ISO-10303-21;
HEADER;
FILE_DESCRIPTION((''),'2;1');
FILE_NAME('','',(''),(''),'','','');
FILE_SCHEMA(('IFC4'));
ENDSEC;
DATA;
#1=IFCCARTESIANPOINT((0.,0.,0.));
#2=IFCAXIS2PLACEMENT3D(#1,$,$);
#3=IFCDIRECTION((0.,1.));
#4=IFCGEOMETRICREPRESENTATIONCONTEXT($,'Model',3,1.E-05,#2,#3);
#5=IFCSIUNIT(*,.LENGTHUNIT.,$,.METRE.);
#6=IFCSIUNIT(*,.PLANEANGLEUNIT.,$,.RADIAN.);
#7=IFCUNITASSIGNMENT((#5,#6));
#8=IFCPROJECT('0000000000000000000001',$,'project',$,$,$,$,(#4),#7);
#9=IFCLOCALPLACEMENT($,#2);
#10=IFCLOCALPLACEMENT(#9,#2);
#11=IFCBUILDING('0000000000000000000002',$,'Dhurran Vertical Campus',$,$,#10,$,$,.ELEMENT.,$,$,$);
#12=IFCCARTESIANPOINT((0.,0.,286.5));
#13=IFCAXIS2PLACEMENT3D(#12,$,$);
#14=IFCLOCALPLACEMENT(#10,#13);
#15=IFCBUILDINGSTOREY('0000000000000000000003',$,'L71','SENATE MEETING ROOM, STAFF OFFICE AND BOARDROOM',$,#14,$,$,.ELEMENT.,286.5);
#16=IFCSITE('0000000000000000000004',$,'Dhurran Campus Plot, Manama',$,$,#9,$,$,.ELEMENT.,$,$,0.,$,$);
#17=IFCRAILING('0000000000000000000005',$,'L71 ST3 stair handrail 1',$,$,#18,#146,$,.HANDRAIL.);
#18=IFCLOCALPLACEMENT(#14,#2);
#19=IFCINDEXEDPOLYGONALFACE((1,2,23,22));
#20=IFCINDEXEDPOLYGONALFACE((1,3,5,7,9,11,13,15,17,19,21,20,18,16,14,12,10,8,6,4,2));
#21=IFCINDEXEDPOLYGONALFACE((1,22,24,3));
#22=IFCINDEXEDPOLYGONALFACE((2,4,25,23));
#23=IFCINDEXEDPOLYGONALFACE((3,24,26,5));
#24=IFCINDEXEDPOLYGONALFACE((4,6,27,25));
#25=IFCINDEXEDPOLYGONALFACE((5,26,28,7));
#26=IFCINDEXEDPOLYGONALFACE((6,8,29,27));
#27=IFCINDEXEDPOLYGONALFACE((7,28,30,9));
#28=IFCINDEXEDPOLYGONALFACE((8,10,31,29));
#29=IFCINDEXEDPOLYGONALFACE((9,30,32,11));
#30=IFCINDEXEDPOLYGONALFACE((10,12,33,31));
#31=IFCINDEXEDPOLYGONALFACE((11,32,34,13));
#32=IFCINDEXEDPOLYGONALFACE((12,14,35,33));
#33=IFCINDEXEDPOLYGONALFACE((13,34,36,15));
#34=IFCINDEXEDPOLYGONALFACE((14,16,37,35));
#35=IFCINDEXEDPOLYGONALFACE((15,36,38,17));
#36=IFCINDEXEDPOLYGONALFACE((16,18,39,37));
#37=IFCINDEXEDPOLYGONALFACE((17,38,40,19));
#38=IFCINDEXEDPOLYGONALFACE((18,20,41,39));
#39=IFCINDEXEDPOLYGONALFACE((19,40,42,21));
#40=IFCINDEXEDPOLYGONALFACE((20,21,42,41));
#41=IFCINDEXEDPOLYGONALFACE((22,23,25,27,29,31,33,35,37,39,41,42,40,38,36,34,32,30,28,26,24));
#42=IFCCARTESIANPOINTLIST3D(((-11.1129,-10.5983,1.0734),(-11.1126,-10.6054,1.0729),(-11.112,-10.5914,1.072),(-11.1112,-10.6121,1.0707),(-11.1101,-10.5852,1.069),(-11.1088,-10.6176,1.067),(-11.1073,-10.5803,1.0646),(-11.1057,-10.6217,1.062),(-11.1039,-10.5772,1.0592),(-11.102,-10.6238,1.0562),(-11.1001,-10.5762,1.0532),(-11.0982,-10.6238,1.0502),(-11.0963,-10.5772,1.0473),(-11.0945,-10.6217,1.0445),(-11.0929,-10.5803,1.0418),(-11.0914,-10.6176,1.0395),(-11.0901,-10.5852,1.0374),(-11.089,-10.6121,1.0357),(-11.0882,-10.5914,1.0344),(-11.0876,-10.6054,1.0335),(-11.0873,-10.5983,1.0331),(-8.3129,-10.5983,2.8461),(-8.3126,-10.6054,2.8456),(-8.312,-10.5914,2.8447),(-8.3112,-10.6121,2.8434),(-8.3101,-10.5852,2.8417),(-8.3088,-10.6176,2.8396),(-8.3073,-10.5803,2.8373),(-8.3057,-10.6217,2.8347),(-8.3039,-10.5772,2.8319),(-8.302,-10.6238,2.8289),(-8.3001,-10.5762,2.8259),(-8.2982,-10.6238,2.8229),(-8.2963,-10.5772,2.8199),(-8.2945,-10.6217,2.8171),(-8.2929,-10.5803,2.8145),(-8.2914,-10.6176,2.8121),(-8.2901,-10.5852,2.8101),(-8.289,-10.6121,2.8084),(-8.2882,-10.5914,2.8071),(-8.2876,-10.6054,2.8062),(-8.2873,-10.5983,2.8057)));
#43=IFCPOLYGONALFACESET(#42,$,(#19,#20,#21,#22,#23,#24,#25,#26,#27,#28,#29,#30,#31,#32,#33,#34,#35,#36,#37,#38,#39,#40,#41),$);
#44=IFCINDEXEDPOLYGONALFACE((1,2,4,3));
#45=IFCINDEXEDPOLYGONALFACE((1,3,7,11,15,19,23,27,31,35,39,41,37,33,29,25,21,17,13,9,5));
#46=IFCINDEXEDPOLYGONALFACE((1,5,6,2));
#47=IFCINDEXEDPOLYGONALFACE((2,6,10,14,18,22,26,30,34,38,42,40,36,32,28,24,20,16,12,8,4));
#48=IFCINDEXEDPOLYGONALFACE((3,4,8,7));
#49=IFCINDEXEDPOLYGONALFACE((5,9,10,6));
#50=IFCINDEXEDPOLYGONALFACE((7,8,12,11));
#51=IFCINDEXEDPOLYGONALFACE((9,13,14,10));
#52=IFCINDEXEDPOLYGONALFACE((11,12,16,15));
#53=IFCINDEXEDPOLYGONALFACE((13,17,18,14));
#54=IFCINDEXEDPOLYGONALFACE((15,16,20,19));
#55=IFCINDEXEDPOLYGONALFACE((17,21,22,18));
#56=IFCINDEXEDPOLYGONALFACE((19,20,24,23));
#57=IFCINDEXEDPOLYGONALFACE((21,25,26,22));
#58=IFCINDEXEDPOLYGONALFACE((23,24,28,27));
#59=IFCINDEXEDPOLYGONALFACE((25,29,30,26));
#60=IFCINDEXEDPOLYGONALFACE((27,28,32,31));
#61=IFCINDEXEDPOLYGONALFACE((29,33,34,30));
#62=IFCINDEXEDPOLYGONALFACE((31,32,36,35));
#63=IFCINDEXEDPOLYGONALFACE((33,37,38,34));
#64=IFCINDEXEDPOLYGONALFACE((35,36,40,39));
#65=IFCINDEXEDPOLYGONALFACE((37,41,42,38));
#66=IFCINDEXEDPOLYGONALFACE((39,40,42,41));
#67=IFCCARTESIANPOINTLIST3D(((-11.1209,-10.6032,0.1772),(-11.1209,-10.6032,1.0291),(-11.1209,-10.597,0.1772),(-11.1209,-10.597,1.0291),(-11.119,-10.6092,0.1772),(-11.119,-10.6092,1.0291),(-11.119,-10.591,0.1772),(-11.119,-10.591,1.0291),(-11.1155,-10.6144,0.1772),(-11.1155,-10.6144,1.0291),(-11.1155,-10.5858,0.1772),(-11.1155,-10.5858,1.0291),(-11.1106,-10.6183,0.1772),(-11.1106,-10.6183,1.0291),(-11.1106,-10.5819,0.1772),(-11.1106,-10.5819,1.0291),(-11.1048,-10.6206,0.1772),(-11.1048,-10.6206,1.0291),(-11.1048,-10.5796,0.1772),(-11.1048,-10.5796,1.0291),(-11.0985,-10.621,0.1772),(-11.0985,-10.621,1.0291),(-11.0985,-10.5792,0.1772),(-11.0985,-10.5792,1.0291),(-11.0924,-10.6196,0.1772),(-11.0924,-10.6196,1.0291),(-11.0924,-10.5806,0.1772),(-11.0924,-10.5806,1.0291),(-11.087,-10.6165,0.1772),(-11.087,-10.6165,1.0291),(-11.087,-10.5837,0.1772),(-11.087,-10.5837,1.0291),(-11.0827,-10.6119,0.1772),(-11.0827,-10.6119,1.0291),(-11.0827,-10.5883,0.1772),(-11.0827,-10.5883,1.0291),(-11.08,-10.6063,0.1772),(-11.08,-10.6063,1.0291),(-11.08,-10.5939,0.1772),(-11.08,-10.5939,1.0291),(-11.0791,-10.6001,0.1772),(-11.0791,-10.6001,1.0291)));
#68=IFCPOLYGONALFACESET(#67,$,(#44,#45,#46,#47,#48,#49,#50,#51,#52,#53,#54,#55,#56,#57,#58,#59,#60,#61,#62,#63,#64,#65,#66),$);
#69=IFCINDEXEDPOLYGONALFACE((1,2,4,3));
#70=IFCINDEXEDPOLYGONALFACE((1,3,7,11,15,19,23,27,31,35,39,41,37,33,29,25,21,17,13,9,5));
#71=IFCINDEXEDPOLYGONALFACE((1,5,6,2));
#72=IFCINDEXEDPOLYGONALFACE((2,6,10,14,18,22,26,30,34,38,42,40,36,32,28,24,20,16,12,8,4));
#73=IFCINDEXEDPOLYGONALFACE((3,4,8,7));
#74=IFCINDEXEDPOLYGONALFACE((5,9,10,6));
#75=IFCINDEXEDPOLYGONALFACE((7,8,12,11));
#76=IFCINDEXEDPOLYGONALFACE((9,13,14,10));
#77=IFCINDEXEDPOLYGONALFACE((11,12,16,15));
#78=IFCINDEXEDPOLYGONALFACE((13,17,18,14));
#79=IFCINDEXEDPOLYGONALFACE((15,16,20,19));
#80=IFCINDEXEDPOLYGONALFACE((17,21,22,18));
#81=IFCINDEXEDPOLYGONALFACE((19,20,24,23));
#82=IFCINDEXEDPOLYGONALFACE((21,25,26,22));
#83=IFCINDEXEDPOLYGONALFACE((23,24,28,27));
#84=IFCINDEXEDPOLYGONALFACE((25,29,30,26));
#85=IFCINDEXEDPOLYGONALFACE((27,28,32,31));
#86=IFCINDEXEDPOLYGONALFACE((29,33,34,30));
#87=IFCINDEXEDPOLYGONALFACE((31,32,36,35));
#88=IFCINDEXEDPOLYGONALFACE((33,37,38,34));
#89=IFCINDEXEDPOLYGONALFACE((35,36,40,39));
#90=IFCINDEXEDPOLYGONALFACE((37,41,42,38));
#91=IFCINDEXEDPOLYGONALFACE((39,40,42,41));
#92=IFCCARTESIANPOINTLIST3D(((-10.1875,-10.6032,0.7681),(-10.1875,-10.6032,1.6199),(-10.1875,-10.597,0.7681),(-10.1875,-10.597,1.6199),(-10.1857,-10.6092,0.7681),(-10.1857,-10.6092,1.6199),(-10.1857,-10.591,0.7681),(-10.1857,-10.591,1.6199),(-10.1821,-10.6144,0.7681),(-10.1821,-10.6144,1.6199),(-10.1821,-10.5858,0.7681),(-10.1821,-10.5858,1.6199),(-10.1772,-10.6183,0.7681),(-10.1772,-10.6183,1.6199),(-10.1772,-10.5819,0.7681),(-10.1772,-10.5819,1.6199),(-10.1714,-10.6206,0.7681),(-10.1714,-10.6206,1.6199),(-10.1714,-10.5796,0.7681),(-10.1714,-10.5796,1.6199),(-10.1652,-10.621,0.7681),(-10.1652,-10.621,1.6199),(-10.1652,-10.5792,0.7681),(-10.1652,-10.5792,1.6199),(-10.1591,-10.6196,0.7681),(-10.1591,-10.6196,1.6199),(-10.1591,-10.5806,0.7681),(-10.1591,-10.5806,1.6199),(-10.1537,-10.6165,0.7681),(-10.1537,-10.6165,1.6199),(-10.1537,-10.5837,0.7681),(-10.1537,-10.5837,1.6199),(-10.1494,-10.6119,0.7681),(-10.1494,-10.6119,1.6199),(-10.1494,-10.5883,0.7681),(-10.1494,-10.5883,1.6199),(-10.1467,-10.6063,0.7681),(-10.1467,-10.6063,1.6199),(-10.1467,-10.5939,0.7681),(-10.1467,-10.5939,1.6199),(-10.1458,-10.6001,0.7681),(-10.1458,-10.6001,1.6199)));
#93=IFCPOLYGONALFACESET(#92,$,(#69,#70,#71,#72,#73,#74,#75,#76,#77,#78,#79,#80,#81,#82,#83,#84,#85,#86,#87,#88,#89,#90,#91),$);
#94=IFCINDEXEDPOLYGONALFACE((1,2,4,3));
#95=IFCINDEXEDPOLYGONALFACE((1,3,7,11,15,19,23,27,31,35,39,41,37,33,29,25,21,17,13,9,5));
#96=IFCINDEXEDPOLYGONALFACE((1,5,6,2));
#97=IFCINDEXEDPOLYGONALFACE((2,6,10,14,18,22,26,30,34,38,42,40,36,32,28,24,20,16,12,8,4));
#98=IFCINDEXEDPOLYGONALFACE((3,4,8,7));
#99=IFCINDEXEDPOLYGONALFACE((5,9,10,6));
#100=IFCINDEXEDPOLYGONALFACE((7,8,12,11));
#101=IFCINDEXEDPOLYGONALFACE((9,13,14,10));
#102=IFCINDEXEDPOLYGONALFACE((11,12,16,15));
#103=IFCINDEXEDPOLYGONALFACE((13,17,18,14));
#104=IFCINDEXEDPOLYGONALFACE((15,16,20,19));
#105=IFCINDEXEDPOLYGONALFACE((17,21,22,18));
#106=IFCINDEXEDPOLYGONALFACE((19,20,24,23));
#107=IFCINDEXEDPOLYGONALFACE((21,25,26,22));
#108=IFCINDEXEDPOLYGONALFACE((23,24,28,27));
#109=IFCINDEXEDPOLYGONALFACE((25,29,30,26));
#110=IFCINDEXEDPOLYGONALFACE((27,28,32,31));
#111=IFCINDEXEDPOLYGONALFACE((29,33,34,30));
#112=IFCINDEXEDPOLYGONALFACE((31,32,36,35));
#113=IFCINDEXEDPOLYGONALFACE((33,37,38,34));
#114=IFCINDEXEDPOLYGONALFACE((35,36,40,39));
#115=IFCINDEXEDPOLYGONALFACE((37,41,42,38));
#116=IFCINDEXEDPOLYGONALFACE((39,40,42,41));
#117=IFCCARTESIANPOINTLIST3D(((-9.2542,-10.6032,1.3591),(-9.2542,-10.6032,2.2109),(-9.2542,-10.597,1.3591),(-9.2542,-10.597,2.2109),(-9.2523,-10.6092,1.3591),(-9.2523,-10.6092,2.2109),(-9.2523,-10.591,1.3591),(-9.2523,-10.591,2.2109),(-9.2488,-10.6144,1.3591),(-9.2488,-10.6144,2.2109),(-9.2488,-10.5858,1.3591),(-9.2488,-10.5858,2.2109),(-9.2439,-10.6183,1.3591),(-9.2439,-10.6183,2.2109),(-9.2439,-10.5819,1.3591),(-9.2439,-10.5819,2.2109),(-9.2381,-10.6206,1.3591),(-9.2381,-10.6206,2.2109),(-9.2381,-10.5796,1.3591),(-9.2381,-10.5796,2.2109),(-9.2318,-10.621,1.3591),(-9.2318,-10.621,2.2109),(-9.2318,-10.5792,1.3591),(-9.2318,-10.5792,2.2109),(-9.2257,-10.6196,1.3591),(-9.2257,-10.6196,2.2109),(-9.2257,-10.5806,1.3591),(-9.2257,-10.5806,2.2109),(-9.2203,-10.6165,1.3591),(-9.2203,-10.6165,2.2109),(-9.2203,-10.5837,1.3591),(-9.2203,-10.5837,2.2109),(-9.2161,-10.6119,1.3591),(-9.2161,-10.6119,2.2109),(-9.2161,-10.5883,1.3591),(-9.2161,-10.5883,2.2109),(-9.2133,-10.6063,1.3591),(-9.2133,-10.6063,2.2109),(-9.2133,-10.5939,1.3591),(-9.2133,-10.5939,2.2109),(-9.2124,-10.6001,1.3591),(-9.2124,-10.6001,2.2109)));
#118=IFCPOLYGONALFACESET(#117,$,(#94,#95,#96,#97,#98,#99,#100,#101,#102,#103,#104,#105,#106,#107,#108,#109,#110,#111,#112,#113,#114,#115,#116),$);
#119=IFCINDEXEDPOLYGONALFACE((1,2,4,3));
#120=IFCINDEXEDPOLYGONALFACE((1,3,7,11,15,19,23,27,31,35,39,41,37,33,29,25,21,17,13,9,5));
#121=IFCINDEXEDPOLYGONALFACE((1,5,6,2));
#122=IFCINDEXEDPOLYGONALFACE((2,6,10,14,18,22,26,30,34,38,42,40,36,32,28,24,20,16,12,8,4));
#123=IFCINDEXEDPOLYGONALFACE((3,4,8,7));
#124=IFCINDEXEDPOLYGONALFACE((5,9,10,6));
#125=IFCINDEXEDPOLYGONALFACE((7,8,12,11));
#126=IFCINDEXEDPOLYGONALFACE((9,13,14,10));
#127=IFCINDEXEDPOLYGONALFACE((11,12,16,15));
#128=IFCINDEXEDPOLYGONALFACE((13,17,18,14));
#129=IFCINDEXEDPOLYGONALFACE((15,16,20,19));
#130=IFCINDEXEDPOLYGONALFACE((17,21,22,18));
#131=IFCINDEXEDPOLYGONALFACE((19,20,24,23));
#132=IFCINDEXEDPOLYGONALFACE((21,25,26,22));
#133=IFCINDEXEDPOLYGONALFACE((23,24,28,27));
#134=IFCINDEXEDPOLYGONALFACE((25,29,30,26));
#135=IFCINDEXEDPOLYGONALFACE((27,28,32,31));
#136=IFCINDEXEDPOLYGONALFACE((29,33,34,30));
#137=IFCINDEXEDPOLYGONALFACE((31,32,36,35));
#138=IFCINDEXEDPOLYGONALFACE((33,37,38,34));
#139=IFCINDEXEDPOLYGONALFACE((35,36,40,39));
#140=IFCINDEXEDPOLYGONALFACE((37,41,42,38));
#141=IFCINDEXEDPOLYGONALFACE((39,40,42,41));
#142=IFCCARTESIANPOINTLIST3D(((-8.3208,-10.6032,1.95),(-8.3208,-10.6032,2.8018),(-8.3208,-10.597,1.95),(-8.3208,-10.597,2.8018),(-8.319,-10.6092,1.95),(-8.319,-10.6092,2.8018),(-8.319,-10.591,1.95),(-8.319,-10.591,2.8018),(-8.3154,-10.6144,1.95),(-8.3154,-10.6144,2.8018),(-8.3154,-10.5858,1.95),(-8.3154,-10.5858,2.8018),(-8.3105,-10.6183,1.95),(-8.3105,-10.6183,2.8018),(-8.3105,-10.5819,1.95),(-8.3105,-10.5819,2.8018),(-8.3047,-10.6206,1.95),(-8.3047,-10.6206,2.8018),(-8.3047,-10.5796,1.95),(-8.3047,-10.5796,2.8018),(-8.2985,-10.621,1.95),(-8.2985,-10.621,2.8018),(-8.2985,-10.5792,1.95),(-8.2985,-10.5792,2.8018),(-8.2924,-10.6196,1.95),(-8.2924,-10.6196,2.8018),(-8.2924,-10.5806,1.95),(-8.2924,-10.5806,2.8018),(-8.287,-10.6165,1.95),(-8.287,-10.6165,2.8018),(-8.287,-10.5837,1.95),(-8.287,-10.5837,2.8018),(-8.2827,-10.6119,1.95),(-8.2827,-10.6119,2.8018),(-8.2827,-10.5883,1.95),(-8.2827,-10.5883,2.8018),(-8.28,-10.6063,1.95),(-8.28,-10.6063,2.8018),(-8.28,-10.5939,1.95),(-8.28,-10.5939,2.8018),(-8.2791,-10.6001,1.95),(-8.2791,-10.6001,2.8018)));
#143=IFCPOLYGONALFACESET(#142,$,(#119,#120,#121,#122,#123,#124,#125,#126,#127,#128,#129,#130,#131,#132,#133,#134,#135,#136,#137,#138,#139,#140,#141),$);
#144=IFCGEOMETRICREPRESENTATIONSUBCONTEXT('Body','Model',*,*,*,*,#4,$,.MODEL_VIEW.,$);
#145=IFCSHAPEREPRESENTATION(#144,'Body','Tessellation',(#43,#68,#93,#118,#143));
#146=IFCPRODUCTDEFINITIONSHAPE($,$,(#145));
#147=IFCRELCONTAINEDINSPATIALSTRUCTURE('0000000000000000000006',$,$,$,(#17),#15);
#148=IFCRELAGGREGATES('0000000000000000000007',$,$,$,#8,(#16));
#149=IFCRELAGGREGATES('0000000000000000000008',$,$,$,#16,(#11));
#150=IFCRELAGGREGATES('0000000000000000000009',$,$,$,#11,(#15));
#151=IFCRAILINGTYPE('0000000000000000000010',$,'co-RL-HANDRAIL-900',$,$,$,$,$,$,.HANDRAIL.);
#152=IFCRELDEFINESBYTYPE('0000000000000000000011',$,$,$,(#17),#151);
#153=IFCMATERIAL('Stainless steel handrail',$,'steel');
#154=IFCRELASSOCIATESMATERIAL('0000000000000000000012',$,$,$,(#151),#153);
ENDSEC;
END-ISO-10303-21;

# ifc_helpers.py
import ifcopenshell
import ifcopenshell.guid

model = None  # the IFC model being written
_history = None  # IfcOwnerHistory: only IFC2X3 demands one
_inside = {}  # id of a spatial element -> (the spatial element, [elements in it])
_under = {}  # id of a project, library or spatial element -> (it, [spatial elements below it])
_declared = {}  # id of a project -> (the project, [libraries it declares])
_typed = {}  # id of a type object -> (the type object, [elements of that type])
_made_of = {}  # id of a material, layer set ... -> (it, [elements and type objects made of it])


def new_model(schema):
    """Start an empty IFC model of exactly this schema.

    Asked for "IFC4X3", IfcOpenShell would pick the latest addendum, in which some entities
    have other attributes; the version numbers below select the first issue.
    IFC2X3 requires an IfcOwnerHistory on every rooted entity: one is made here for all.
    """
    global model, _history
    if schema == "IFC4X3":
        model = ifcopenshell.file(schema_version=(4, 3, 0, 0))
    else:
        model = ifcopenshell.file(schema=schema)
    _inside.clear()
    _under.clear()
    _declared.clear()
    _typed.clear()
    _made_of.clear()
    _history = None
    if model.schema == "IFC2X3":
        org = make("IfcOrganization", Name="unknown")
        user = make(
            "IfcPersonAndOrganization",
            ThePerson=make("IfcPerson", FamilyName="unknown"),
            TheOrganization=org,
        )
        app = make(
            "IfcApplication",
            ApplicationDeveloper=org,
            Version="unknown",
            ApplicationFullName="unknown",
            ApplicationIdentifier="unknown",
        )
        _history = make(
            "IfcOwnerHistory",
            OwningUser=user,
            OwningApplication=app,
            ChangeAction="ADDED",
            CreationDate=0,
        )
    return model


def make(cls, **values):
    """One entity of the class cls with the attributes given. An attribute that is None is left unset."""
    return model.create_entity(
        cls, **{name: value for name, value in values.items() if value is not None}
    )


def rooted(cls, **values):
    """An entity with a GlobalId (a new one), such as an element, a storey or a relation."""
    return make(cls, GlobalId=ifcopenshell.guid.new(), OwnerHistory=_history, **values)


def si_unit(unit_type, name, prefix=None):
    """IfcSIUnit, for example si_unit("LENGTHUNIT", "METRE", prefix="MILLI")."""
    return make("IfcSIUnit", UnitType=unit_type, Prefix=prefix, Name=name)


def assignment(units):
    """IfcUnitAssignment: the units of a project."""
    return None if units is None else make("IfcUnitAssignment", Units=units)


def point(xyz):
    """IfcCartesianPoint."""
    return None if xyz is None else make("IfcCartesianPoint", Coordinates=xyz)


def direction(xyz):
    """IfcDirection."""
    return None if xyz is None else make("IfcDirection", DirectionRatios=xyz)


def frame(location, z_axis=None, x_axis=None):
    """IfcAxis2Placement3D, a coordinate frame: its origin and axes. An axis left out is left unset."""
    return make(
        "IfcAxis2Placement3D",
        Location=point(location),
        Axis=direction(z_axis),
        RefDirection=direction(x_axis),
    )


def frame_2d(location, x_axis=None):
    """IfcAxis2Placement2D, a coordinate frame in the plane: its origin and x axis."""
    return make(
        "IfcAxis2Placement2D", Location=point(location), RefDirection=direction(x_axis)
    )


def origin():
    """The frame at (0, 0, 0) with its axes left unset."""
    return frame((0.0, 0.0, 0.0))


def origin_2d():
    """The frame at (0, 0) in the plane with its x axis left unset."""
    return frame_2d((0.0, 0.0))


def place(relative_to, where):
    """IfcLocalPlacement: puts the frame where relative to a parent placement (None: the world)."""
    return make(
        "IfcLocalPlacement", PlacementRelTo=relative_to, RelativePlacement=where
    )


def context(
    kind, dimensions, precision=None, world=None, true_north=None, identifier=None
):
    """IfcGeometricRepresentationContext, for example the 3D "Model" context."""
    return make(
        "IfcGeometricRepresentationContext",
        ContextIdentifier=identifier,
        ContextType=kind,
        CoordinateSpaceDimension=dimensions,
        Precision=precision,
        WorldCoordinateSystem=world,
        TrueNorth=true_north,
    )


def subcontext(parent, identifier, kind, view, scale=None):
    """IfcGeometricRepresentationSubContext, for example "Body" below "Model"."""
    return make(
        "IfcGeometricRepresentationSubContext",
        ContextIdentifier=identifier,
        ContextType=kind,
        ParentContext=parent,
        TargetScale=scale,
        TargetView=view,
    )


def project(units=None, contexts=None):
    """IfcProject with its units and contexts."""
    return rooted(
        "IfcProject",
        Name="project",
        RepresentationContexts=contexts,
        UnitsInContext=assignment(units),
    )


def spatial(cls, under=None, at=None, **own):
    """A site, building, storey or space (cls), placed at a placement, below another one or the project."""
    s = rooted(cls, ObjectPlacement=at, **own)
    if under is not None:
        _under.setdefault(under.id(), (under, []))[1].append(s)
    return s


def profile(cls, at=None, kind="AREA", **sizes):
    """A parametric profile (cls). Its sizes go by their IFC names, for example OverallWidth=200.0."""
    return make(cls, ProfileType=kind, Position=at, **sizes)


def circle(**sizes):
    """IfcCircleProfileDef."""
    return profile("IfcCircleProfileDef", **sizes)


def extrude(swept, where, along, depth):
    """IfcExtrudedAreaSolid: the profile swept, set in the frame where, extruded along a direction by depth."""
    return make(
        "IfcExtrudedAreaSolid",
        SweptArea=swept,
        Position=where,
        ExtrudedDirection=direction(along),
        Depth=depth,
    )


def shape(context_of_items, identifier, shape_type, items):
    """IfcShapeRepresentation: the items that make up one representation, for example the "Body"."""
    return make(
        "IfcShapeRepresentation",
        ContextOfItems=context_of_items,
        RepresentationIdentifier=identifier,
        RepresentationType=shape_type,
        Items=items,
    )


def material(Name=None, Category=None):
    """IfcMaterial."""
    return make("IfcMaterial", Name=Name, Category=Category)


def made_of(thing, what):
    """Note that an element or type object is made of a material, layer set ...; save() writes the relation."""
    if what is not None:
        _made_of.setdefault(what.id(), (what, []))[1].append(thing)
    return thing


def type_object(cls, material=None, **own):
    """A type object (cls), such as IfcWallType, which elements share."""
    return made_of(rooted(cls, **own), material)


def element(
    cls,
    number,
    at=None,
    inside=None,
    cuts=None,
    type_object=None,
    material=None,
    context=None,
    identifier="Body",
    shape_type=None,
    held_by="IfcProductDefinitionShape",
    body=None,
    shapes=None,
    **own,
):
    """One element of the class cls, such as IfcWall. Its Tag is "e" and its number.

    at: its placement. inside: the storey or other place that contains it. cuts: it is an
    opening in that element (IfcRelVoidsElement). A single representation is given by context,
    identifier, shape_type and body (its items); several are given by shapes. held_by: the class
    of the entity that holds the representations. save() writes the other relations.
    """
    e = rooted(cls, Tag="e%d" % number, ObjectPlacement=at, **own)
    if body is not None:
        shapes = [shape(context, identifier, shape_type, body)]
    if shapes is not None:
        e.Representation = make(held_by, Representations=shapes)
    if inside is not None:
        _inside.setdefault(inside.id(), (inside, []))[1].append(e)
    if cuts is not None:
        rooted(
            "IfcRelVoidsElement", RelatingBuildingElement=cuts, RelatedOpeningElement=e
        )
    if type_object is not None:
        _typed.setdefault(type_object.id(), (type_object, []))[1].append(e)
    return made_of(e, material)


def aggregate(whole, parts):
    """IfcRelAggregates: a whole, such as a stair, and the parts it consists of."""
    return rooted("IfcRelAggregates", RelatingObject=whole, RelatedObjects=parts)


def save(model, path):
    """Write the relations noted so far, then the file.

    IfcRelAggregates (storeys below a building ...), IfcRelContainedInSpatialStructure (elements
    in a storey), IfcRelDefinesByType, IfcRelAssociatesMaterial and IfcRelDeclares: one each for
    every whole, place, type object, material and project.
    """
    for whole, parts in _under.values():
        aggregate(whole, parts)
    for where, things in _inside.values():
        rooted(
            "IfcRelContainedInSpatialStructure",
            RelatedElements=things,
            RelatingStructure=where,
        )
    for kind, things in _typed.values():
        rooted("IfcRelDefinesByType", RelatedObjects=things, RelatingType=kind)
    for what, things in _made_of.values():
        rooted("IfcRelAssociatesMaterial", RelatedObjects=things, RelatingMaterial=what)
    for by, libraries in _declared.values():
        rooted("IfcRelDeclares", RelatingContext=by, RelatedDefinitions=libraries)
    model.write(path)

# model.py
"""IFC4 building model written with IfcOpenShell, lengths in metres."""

from ifc_helpers import new_model, si_unit, direction, frame, origin, origin_2d, place, context, subcontext, project, spatial, circle, extrude, material, type_object, element, save


model = new_model("IFC4")

# Units and contexts
model_context = context("Model", 3, precision=1e-05, world=origin(), true_north=direction((0.0, 1.0)))
body_context = subcontext(model_context, "Body", "Model", "MODEL_VIEW")
ifc_project = project(units=[si_unit("LENGTHUNIT", "METRE"), si_unit("PLANEANGLEUNIT", "RADIAN")], contexts=[model_context])

# Site, building, storey
site_placement = place(None, origin())
site = spatial("IfcSite", under=ifc_project, at=site_placement, Name="Dhurran Campus Plot, Manama", CompositionType="ELEMENT", RefElevation=0.0)
building_placement = place(site_placement, origin())
building = spatial("IfcBuilding", under=site, at=building_placement, Name="Dhurran Vertical Campus", CompositionType="ELEMENT")
storey_placement = place(building_placement, frame((0.0, 0.0, 286.5)))
storey = spatial("IfcBuildingStorey", under=building, at=storey_placement, Name="L71", Description="SENATE MEETING ROOM, STAFF OFFICE AND BOARDROOM", CompositionType="ELEMENT", Elevation=286.5)

# Railing
ifc_material_1 = material(Name="Stainless steel handrail", Category="steel")
railing_type_1 = type_object("IfcRailingType", Name="co-RL-HANDRAIL-900", PredefinedType="HANDRAIL", material=ifc_material_1)
railing_1_placement = place(storey_placement, frame((-11.1001, -10.6001, 0.1772)))
element("IfcRailing", 1, at=railing_1_placement, inside=storey, type_object=railing_type_1, Name="L71 ST3 stair handrail 1", PredefinedType="HANDRAIL", context=body_context, shape_type="SweptSolid", body=[
    extrude(circle(Radius=0.0239, at=origin_2d()), frame((0.0, 0.0, 0.876), z_axis=(0.844909, 0.0, 0.53491), x_axis=(0.0, 1.0, 0.0)), (0.0, 0.0, 1.0), 3.314),
    extrude(circle(Radius=0.021, at=origin_2d()), origin(), (0.0, 0.0, 1.0), 0.8518),
    extrude(circle(Radius=0.021, at=origin_2d()), frame((0.9333, 0.0, 0.5908)), (0.0, 0.0, 1.0), 0.8518),
    extrude(circle(Radius=0.021, at=origin_2d()), frame((1.8667, 0.0, 1.1819)), (0.0, 0.0, 1.0), 0.8518),
    extrude(circle(Radius=0.021, at=origin_2d()), frame((2.8, 0.0, 1.7727)), (0.0, 0.0, 1.0), 0.8518),
])

save(model, "model.ifc")
